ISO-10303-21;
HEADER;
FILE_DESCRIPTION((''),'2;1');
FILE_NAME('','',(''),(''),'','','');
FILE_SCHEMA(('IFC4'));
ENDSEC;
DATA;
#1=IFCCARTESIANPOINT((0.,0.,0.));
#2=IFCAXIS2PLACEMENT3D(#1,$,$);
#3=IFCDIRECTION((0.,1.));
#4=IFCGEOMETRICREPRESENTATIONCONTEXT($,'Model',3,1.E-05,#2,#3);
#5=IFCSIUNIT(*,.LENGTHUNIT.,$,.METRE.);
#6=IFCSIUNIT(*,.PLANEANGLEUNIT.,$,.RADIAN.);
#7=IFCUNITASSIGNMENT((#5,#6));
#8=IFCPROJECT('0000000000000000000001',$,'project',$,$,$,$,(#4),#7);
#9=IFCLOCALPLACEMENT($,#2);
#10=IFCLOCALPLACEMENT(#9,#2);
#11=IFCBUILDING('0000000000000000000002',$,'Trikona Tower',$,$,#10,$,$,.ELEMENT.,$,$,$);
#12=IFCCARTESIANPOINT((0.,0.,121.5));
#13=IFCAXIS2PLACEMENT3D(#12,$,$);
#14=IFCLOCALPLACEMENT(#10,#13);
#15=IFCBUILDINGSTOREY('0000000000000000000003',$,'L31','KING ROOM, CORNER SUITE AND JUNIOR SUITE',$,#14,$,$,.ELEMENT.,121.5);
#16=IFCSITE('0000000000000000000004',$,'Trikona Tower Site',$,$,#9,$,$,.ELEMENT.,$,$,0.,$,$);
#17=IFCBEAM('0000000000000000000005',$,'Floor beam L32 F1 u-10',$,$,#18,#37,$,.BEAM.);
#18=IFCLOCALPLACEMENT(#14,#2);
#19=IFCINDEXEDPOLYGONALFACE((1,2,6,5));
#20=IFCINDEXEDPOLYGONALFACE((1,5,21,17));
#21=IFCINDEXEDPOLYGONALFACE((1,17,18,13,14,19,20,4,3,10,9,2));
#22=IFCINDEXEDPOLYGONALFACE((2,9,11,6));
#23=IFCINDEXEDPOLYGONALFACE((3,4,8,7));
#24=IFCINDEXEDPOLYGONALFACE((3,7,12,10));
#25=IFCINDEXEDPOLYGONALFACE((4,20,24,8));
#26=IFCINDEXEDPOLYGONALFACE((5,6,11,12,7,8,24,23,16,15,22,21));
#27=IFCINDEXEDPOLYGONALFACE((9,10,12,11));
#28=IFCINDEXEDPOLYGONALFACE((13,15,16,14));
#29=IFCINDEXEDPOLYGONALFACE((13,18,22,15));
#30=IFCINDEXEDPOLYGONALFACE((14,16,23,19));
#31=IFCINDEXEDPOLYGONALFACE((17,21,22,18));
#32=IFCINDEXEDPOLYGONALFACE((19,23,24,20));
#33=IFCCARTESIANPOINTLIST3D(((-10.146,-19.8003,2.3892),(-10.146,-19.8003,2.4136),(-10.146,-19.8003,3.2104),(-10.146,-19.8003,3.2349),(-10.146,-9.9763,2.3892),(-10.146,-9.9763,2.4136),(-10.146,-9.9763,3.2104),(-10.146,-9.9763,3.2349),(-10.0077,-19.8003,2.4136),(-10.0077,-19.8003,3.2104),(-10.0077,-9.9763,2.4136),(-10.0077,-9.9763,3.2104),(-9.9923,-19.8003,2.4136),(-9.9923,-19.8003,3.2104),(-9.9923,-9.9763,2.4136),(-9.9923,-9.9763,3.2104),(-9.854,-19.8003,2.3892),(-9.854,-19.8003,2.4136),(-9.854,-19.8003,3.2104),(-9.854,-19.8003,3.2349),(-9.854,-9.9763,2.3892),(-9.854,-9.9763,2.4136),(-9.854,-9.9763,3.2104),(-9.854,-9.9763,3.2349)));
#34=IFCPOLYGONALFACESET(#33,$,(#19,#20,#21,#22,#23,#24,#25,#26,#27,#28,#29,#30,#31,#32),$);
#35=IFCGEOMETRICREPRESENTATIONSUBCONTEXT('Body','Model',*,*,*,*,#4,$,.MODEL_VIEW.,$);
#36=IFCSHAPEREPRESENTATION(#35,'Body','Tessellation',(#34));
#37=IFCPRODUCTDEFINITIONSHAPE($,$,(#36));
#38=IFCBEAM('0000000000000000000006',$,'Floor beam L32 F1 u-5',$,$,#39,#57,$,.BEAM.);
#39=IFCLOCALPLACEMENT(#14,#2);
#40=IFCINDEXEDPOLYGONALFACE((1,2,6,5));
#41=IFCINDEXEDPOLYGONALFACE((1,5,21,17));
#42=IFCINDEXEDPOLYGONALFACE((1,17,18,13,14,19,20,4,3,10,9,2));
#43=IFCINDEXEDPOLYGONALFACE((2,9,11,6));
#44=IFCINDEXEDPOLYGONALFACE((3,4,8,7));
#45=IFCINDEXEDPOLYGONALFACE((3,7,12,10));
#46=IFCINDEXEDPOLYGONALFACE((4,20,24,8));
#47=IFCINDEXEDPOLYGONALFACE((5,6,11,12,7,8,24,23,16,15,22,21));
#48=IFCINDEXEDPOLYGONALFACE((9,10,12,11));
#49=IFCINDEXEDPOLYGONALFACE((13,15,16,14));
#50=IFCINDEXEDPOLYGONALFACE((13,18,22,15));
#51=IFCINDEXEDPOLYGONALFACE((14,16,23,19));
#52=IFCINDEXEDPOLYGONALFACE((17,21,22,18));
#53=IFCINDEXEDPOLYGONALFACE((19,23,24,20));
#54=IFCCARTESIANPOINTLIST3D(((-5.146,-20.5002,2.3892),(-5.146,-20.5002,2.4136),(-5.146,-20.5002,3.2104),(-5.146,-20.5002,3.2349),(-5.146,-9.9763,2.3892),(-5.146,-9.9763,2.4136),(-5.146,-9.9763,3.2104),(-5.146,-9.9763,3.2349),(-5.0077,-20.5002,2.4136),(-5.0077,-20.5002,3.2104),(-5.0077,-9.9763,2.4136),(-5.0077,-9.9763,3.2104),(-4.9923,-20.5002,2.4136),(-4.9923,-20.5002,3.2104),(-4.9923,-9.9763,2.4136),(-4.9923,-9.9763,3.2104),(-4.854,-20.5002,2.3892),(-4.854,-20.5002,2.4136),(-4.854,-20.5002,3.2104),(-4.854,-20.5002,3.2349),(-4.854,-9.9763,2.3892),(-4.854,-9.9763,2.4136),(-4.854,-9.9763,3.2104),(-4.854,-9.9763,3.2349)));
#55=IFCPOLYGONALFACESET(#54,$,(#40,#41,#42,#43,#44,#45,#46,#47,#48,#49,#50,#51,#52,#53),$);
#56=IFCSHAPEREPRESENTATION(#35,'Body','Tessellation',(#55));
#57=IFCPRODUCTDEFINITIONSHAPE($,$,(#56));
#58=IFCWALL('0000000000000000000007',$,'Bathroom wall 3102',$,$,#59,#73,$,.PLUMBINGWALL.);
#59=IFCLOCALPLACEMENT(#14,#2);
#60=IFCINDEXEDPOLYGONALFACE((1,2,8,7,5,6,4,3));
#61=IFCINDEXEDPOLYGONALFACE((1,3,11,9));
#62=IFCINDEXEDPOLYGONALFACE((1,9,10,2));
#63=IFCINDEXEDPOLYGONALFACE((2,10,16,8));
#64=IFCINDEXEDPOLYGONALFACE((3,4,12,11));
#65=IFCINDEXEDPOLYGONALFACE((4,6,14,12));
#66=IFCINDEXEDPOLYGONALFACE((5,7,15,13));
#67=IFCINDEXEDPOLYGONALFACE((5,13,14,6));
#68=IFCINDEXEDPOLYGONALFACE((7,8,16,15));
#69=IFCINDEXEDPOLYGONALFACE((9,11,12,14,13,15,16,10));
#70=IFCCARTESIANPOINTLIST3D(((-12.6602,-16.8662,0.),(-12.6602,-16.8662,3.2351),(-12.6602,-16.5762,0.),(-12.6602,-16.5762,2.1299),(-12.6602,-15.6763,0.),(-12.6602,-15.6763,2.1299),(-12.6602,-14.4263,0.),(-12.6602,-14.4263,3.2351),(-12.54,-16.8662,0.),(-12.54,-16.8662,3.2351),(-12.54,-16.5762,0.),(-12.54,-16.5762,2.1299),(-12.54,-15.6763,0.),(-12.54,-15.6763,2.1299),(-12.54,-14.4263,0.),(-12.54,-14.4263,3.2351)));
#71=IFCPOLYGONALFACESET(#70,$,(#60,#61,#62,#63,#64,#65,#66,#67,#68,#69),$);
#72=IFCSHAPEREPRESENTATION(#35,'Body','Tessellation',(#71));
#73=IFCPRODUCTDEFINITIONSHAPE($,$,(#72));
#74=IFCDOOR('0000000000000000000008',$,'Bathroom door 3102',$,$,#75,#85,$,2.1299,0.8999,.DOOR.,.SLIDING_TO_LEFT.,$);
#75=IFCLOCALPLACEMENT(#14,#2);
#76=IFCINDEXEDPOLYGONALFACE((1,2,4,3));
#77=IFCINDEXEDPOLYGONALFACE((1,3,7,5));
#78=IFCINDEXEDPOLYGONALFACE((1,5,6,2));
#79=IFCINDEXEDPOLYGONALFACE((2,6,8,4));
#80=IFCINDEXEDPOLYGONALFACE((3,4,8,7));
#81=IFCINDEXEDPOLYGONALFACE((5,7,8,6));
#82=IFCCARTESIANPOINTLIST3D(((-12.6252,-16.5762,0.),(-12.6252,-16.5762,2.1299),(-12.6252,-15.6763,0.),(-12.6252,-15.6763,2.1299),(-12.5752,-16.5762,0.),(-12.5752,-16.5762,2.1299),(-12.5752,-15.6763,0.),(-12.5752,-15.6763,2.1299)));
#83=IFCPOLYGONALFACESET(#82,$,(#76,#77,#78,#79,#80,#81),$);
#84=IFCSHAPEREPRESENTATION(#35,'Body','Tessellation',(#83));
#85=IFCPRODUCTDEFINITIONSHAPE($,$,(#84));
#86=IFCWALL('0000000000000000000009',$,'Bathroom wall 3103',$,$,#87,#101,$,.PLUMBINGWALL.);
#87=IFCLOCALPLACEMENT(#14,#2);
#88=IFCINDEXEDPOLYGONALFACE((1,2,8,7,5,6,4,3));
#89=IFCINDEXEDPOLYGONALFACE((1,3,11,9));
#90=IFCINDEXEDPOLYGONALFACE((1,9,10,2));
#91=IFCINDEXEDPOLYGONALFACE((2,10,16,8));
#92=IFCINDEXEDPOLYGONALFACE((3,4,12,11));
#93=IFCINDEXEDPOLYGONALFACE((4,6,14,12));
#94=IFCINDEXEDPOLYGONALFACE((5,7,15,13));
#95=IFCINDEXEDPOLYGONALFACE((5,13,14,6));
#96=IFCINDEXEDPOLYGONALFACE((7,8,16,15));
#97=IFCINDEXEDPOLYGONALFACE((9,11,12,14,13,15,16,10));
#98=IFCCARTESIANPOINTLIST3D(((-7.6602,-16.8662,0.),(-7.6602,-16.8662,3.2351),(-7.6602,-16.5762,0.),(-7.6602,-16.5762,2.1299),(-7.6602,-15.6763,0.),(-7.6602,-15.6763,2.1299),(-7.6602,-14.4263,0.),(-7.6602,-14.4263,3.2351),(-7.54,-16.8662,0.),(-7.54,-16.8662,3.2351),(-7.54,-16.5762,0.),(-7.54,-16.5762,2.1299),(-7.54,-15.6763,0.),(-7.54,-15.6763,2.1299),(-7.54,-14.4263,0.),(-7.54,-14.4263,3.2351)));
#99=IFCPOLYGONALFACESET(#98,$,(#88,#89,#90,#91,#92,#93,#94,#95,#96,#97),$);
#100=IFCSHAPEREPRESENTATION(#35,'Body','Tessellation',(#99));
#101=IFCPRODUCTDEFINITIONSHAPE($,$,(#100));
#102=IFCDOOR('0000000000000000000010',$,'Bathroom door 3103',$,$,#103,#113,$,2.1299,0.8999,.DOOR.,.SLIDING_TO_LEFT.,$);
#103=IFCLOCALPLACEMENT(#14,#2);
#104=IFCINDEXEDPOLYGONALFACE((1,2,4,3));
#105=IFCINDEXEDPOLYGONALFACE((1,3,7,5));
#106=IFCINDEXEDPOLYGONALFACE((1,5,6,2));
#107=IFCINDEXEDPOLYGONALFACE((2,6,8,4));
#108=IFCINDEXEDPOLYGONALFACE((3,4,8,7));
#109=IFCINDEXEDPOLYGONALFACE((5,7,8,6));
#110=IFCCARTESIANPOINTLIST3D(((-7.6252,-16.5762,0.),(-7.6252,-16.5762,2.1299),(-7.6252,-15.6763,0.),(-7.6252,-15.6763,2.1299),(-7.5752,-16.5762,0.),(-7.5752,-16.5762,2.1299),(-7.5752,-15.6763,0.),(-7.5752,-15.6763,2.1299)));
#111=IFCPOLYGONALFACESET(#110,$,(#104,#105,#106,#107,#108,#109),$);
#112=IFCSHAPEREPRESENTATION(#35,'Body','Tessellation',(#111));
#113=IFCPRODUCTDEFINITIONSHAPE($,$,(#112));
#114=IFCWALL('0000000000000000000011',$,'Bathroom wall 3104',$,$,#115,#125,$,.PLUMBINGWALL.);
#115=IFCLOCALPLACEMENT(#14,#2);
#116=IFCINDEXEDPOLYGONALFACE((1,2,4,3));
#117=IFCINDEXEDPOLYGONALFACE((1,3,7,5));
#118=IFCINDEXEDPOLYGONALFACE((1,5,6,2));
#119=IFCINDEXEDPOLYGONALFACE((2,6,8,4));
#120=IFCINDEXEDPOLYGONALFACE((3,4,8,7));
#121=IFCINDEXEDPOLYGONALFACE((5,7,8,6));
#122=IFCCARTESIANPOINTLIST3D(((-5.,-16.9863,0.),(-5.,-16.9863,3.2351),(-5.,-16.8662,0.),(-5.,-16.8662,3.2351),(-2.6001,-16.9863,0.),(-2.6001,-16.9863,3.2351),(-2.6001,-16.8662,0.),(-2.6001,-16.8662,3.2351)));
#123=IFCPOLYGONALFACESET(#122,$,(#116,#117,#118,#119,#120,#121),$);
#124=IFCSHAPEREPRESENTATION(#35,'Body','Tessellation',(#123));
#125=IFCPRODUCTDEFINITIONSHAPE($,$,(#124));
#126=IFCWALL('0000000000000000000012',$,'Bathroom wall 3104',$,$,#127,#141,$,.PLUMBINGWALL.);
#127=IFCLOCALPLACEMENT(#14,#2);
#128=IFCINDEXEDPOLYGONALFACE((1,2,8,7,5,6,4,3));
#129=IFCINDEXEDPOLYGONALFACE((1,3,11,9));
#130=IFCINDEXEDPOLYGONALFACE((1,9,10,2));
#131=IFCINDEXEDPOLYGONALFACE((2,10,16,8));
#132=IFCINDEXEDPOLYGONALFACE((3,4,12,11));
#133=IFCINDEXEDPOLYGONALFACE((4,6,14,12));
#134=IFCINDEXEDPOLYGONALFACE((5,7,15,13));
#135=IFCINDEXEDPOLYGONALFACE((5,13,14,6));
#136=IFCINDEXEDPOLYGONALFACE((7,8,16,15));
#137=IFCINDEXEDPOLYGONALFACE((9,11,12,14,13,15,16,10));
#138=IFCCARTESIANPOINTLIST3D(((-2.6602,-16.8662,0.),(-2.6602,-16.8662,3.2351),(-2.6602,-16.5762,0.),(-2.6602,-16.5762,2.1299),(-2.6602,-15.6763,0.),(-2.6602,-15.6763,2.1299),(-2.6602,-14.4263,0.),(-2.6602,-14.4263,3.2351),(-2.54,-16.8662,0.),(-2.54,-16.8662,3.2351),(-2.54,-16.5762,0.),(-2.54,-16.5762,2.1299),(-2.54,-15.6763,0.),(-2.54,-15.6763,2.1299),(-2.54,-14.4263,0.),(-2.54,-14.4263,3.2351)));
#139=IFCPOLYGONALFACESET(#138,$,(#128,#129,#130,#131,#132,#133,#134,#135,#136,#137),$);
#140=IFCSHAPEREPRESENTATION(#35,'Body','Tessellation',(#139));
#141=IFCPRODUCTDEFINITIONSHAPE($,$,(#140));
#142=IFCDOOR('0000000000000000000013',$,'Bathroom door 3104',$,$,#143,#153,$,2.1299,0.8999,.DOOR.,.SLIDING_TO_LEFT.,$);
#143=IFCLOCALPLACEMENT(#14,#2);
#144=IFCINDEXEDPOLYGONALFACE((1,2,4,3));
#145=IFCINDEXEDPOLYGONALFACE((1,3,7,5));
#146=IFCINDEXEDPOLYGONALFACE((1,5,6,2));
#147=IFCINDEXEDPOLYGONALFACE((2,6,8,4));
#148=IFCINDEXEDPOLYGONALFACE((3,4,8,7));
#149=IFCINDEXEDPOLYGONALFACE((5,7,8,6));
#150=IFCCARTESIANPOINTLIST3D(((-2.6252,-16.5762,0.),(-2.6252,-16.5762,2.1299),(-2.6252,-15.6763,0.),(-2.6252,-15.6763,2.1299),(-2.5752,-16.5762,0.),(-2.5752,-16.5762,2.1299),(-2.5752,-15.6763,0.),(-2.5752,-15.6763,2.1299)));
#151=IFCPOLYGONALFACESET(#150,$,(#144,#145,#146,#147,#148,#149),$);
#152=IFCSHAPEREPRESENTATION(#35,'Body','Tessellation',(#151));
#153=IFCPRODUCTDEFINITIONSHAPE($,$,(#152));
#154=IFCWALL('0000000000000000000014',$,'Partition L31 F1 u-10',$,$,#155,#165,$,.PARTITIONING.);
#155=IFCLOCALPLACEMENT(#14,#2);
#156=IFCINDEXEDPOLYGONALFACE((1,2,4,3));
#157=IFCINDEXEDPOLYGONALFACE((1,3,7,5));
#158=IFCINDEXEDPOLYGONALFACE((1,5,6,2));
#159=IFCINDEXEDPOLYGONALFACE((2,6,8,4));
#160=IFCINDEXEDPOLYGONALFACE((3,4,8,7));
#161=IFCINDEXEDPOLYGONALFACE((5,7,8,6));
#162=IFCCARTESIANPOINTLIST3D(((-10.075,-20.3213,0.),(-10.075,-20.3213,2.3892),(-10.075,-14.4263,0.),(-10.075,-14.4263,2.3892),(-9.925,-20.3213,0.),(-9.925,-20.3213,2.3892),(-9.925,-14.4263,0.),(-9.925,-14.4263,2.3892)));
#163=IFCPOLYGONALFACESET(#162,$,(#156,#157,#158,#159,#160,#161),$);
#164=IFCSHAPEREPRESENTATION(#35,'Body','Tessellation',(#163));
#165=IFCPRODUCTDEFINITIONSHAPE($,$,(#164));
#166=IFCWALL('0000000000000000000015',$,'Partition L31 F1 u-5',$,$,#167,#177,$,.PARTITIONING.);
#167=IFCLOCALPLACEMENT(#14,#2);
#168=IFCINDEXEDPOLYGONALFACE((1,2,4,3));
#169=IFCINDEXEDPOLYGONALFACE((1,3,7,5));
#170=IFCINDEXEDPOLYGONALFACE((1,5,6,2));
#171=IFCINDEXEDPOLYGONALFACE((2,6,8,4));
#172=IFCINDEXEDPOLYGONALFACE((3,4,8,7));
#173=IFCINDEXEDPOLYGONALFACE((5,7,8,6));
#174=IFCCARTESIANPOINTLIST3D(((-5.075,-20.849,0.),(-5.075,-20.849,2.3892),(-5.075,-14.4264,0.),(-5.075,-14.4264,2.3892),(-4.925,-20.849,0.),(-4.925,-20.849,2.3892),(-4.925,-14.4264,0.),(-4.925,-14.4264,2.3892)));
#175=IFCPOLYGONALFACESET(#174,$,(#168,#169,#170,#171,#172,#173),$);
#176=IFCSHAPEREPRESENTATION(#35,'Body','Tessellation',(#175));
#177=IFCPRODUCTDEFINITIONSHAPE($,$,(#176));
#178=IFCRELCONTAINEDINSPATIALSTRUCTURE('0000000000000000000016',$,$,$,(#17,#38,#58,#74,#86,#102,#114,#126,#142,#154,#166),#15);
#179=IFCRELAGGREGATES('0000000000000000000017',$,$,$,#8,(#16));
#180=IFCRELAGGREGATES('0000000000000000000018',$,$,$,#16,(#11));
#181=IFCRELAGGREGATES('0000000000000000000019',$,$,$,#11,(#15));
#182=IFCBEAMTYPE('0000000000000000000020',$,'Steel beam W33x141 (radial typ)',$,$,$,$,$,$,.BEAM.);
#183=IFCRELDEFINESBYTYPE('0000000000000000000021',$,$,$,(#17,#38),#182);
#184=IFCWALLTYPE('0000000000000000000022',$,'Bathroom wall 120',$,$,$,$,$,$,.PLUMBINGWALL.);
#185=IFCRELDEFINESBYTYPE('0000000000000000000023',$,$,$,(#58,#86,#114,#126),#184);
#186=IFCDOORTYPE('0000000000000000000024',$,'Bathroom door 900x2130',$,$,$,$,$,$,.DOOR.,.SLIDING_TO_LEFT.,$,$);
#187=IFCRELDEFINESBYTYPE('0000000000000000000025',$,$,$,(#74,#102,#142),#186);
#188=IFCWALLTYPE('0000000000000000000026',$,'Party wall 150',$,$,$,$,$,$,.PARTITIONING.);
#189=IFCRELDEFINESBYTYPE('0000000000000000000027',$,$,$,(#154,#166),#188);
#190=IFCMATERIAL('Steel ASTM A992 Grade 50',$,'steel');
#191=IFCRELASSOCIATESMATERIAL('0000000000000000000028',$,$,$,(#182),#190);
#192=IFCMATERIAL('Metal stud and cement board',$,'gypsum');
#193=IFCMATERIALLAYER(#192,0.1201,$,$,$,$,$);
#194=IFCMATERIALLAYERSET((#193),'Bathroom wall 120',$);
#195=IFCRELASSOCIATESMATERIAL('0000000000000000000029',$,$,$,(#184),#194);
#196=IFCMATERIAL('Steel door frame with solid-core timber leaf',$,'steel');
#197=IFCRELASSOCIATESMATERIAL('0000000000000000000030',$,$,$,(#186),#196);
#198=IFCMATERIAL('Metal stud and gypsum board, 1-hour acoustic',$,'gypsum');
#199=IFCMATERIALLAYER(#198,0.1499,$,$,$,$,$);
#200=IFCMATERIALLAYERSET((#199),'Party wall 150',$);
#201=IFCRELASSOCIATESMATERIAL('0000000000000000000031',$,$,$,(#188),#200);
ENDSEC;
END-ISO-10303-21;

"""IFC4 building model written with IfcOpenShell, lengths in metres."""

from ifc_helpers import new_model, si_unit, direction, frame, frame_2d, origin, origin_2d, place, context, subcontext, project, spatial, rectangle, i_section, extrude, material, layer, layer_set, material_profile, profile_set, type_object, element, fill, save


model = new_model("IFC4")

# Units and contexts
model_context = context("Model", 3, precision=1e-05, world=origin(), true_north=direction((0.0, 1.0)))
body_context = subcontext(model_context, "Body", "Model", "MODEL_VIEW")
ifc_project = project(units=[si_unit("LENGTHUNIT", "METRE"), si_unit("PLANEANGLEUNIT", "RADIAN")], contexts=[model_context])

# Site, building, storey
site_placement = place(None, origin())
site = spatial("IfcSite", under=ifc_project, at=site_placement, Name="Trikona Tower Site", CompositionType="ELEMENT", RefElevation=0.0)
building_placement = place(site_placement, origin())
building = spatial("IfcBuilding", under=site, at=building_placement, Name="Trikona Tower", CompositionType="ELEMENT")
storey_placement = place(building_placement, frame((0.0, 0.0, 121.5)))
storey = spatial("IfcBuildingStorey", under=building, at=storey_placement, Name="L31", Description="KING ROOM, CORNER SUITE AND JUNIOR SUITE", CompositionType="ELEMENT", Elevation=121.5)

# Beams
ifc_material_1 = material(Name="Steel ASTM A992 Grade 50", Category="steel")
ifc_material_profile = material_profile(ifc_material_1, i_section(OverallWidth=0.292, OverallDepth=0.8457, WebThickness=0.0154, FlangeThickness=0.0244, at=origin_2d()), Name="W33X141")
ifc_profile_set = profile_set([ifc_material_profile], Name="Steel ASTM A992 Grade 50")
beam_type = type_object("IfcBeamType", Name="Steel beam W33x141 (radial typ)", PredefinedType="BEAM", material=ifc_profile_set)
beam_1_placement = place(storey_placement, frame((-10.0, -9.9763, 2.812), z_axis=(0.0, -1.0, 0.0), x_axis=(1.0, 0.0, 0.0)))
element("IfcBeam", 1, at=beam_1_placement, inside=storey, type_object=beam_type, Name="Floor beam L32 F1 u-10", PredefinedType="BEAM", context=body_context, shape_type="SweptSolid", body=[
    extrude(i_section(OverallWidth=0.292, OverallDepth=0.8457, WebThickness=0.0154, FlangeThickness=0.0244, at=origin_2d()), origin(), (0.0, 0.0, 1.0), 9.824),
])
beam_2_placement = place(storey_placement, frame((-5.0, -9.9763, 2.812), z_axis=(0.0, -1.0, 0.0), x_axis=(1.0, 0.0, 0.0)))
element("IfcBeam", 2, at=beam_2_placement, inside=storey, type_object=beam_type, Name="Floor beam L32 F1 u-5", PredefinedType="BEAM", context=body_context, shape_type="SweptSolid", body=[
    extrude(i_section(OverallWidth=0.292, OverallDepth=0.8457, WebThickness=0.0154, FlangeThickness=0.0244, at=origin_2d()), origin(), (0.0, 0.0, 1.0), 10.5239),
])

# Walls, openings, doors
ifc_material_2 = material(Name="Metal stud and cement board", Category="gypsum")
ifc_layer_1 = layer(ifc_material_2, 0.1201)
ifc_layer_set_1 = layer_set([ifc_layer_1], Name="Bathroom wall 120")
wall_type_1 = type_object("IfcWallType", Name="Bathroom wall 120", PredefinedType="PLUMBINGWALL", material=ifc_layer_set_1)
wall_1_placement = place(storey_placement, frame((-12.6001, -14.4263, 0.0), z_axis=(0.0, 0.0, 1.0), x_axis=(0.0, -1.0, 0.0)))
wall_1 = element("IfcWall", 3, at=wall_1_placement, inside=storey, type_object=wall_type_1, Name="Bathroom wall 3102", PredefinedType="PLUMBINGWALL", context=body_context, shape_type="SweptSolid", body=[
    extrude(rectangle(XDim=2.4399, YDim=0.1201, at=frame_2d((1.22, 0.0))), origin(), (0.0, 0.0, 1.0), 3.2351),
])
opening_1_placement = place(wall_1_placement, frame((1.25, 0.0, 0.0)))
opening_1 = element("IfcOpeningElement", 4, at=opening_1_placement, cuts=wall_1, PredefinedType="OPENING", context=body_context, shape_type="SweptSolid", body=[
    extrude(rectangle(XDim=0.8999, YDim=2.1299, at=frame_2d((0.45, 1.0649))), frame((0.0, 0.0701, 0.0), z_axis=(0.0, -1.0, 0.0), x_axis=(1.0, 0.0, 0.0)), (0.0, 0.0, 1.0), 0.1401),
])
ifc_material_3 = material(Name="Steel door frame with solid-core timber leaf", Category="steel")
door_type_1 = type_object("IfcDoorType", Name="Bathroom door 900x2130", OperationType="SLIDING_TO_LEFT", PredefinedType="DOOR", material=ifc_material_3)
door_1_placement = place(opening_1_placement, origin())
door_1 = element("IfcDoor", 5, at=door_1_placement, inside=storey, type_object=door_type_1, Name="Bathroom door 3102", OperationType="SLIDING_TO_LEFT", OverallHeight=2.1299, OverallWidth=0.8999, PredefinedType="DOOR", context=body_context, shape_type="SweptSolid", body=[
    extrude(rectangle(XDim=0.8999, YDim=2.1299, at=frame_2d((0.45, 1.0649))), frame((0.0, 0.0249, 0.0), z_axis=(0.0, -1.0, 0.0), x_axis=(1.0, 0.0, 0.0)), (0.0, 0.0, 1.0), 0.05),
])
fill(opening_1, door_1)
wall_2_placement = place(storey_placement, frame((-7.6001, -14.4263, 0.0), z_axis=(0.0, 0.0, 1.0), x_axis=(0.0, -1.0, 0.0)))
wall_2 = element("IfcWall", 6, at=wall_2_placement, inside=storey, type_object=wall_type_1, Name="Bathroom wall 3103", PredefinedType="PLUMBINGWALL", context=body_context, shape_type="SweptSolid", body=[
    extrude(rectangle(XDim=2.4399, YDim=0.1201, at=frame_2d((1.22, 0.0))), origin(), (0.0, 0.0, 1.0), 3.2351),
])
opening_2_placement = place(wall_2_placement, frame((1.25, 0.0, 0.0)))
opening_2 = element("IfcOpeningElement", 7, at=opening_2_placement, cuts=wall_2, PredefinedType="OPENING", context=body_context, shape_type="SweptSolid", body=[
    extrude(rectangle(XDim=0.8999, YDim=2.1299, at=frame_2d((0.45, 1.0649))), frame((0.0, 0.0701, 0.0), z_axis=(0.0, -1.0, 0.0), x_axis=(1.0, 0.0, 0.0)), (0.0, 0.0, 1.0), 0.1401),
])
door_2_placement = place(opening_2_placement, origin())
door_2 = element("IfcDoor", 8, at=door_2_placement, inside=storey, type_object=door_type_1, Name="Bathroom door 3103", OperationType="SLIDING_TO_LEFT", OverallHeight=2.1299, OverallWidth=0.8999, PredefinedType="DOOR", context=body_context, shape_type="SweptSolid", body=[
    extrude(rectangle(XDim=0.8999, YDim=2.1299, at=frame_2d((0.45, 1.0649))), frame((0.0, 0.0249, 0.0), z_axis=(0.0, -1.0, 0.0), x_axis=(1.0, 0.0, 0.0)), (0.0, 0.0, 1.0), 0.05),
])
fill(opening_2, door_2)

# Wall
wall_3_placement = place(storey_placement, frame((-5.0, -16.9263, 0.0), z_axis=(0.0, 0.0, 1.0), x_axis=(1.0, 0.0, 0.0)))
element("IfcWall", 9, at=wall_3_placement, inside=storey, type_object=wall_type_1, Name="Bathroom wall 3104", PredefinedType="PLUMBINGWALL", context=body_context, shape_type="SweptSolid", body=[
    extrude(rectangle(XDim=2.3999, YDim=0.1201, at=frame_2d((1.2, 0.0))), origin(), (0.0, 0.0, 1.0), 3.2351),
])

# Wall, opening, door
wall_4_placement = place(storey_placement, frame((-2.6001, -14.4263, 0.0), z_axis=(0.0, 0.0, 1.0), x_axis=(0.0, -1.0, 0.0)))
wall_4 = element("IfcWall", 10, at=wall_4_placement, inside=storey, type_object=wall_type_1, Name="Bathroom wall 3104", PredefinedType="PLUMBINGWALL", context=body_context, shape_type="SweptSolid", body=[
    extrude(rectangle(XDim=2.4399, YDim=0.1201, at=frame_2d((1.22, 0.0))), origin(), (0.0, 0.0, 1.0), 3.2351),
])
opening_3_placement = place(wall_4_placement, frame((1.25, 0.0, 0.0)))
opening_3 = element("IfcOpeningElement", 11, at=opening_3_placement, cuts=wall_4, PredefinedType="OPENING", context=body_context, shape_type="SweptSolid", body=[
    extrude(rectangle(XDim=0.8999, YDim=2.1299, at=frame_2d((0.45, 1.0649))), frame((0.0, 0.0701, 0.0), z_axis=(0.0, -1.0, 0.0), x_axis=(1.0, 0.0, 0.0)), (0.0, 0.0, 1.0), 0.1401),
])
door_3_placement = place(opening_3_placement, origin())
door_3 = element("IfcDoor", 12, at=door_3_placement, inside=storey, type_object=door_type_1, Name="Bathroom door 3104", OperationType="SLIDING_TO_LEFT", OverallHeight=2.1299, OverallWidth=0.8999, PredefinedType="DOOR", context=body_context, shape_type="SweptSolid", body=[
    extrude(rectangle(XDim=0.8999, YDim=2.1299, at=frame_2d((0.45, 1.0649))), frame((0.0, 0.0249, 0.0), z_axis=(0.0, -1.0, 0.0), x_axis=(1.0, 0.0, 0.0)), (0.0, 0.0, 1.0), 0.05),
])
fill(opening_3, door_3)

# Walls
ifc_material_4 = material(Name="Metal stud and gypsum board, 1-hour acoustic", Category="gypsum")
ifc_layer_2 = layer(ifc_material_4, 0.1499)
ifc_layer_set_2 = layer_set([ifc_layer_2], Name="Party wall 150")
wall_type_2 = type_object("IfcWallType", Name="Party wall 150", PredefinedType="PARTITIONING", material=ifc_layer_set_2)
wall_5_placement = place(storey_placement, frame((-10.0, -14.4263, 0.0), z_axis=(0.0, 0.0, 1.0), x_axis=(0.0, -1.0, 0.0)))
element("IfcWall", 13, at=wall_5_placement, inside=storey, type_object=wall_type_2, Name="Partition L31 F1 u-10", PredefinedType="PARTITIONING", context=body_context, shape_type="SweptSolid", body=[
    extrude(rectangle(XDim=5.895, YDim=0.1499, at=frame_2d((2.9475, 0.0))), origin(), (0.0, 0.0, 1.0), 2.3892),
])
wall_6_placement = place(storey_placement, frame((-5.0, -14.4263, 0.0), z_axis=(0.0, 0.0, 1.0), x_axis=(0.0, -1.0, 0.0)))
element("IfcWall", 14, at=wall_6_placement, inside=storey, type_object=wall_type_2, Name="Partition L31 F1 u-5", PredefinedType="PARTITIONING", context=body_context, shape_type="SweptSolid", body=[
    extrude(rectangle(XDim=6.4226, YDim=0.1499, at=frame_2d((3.2114, 0.0))), origin(), (0.0, 0.0, 1.0), 2.3892),
])

save(model, "model.ifc")
